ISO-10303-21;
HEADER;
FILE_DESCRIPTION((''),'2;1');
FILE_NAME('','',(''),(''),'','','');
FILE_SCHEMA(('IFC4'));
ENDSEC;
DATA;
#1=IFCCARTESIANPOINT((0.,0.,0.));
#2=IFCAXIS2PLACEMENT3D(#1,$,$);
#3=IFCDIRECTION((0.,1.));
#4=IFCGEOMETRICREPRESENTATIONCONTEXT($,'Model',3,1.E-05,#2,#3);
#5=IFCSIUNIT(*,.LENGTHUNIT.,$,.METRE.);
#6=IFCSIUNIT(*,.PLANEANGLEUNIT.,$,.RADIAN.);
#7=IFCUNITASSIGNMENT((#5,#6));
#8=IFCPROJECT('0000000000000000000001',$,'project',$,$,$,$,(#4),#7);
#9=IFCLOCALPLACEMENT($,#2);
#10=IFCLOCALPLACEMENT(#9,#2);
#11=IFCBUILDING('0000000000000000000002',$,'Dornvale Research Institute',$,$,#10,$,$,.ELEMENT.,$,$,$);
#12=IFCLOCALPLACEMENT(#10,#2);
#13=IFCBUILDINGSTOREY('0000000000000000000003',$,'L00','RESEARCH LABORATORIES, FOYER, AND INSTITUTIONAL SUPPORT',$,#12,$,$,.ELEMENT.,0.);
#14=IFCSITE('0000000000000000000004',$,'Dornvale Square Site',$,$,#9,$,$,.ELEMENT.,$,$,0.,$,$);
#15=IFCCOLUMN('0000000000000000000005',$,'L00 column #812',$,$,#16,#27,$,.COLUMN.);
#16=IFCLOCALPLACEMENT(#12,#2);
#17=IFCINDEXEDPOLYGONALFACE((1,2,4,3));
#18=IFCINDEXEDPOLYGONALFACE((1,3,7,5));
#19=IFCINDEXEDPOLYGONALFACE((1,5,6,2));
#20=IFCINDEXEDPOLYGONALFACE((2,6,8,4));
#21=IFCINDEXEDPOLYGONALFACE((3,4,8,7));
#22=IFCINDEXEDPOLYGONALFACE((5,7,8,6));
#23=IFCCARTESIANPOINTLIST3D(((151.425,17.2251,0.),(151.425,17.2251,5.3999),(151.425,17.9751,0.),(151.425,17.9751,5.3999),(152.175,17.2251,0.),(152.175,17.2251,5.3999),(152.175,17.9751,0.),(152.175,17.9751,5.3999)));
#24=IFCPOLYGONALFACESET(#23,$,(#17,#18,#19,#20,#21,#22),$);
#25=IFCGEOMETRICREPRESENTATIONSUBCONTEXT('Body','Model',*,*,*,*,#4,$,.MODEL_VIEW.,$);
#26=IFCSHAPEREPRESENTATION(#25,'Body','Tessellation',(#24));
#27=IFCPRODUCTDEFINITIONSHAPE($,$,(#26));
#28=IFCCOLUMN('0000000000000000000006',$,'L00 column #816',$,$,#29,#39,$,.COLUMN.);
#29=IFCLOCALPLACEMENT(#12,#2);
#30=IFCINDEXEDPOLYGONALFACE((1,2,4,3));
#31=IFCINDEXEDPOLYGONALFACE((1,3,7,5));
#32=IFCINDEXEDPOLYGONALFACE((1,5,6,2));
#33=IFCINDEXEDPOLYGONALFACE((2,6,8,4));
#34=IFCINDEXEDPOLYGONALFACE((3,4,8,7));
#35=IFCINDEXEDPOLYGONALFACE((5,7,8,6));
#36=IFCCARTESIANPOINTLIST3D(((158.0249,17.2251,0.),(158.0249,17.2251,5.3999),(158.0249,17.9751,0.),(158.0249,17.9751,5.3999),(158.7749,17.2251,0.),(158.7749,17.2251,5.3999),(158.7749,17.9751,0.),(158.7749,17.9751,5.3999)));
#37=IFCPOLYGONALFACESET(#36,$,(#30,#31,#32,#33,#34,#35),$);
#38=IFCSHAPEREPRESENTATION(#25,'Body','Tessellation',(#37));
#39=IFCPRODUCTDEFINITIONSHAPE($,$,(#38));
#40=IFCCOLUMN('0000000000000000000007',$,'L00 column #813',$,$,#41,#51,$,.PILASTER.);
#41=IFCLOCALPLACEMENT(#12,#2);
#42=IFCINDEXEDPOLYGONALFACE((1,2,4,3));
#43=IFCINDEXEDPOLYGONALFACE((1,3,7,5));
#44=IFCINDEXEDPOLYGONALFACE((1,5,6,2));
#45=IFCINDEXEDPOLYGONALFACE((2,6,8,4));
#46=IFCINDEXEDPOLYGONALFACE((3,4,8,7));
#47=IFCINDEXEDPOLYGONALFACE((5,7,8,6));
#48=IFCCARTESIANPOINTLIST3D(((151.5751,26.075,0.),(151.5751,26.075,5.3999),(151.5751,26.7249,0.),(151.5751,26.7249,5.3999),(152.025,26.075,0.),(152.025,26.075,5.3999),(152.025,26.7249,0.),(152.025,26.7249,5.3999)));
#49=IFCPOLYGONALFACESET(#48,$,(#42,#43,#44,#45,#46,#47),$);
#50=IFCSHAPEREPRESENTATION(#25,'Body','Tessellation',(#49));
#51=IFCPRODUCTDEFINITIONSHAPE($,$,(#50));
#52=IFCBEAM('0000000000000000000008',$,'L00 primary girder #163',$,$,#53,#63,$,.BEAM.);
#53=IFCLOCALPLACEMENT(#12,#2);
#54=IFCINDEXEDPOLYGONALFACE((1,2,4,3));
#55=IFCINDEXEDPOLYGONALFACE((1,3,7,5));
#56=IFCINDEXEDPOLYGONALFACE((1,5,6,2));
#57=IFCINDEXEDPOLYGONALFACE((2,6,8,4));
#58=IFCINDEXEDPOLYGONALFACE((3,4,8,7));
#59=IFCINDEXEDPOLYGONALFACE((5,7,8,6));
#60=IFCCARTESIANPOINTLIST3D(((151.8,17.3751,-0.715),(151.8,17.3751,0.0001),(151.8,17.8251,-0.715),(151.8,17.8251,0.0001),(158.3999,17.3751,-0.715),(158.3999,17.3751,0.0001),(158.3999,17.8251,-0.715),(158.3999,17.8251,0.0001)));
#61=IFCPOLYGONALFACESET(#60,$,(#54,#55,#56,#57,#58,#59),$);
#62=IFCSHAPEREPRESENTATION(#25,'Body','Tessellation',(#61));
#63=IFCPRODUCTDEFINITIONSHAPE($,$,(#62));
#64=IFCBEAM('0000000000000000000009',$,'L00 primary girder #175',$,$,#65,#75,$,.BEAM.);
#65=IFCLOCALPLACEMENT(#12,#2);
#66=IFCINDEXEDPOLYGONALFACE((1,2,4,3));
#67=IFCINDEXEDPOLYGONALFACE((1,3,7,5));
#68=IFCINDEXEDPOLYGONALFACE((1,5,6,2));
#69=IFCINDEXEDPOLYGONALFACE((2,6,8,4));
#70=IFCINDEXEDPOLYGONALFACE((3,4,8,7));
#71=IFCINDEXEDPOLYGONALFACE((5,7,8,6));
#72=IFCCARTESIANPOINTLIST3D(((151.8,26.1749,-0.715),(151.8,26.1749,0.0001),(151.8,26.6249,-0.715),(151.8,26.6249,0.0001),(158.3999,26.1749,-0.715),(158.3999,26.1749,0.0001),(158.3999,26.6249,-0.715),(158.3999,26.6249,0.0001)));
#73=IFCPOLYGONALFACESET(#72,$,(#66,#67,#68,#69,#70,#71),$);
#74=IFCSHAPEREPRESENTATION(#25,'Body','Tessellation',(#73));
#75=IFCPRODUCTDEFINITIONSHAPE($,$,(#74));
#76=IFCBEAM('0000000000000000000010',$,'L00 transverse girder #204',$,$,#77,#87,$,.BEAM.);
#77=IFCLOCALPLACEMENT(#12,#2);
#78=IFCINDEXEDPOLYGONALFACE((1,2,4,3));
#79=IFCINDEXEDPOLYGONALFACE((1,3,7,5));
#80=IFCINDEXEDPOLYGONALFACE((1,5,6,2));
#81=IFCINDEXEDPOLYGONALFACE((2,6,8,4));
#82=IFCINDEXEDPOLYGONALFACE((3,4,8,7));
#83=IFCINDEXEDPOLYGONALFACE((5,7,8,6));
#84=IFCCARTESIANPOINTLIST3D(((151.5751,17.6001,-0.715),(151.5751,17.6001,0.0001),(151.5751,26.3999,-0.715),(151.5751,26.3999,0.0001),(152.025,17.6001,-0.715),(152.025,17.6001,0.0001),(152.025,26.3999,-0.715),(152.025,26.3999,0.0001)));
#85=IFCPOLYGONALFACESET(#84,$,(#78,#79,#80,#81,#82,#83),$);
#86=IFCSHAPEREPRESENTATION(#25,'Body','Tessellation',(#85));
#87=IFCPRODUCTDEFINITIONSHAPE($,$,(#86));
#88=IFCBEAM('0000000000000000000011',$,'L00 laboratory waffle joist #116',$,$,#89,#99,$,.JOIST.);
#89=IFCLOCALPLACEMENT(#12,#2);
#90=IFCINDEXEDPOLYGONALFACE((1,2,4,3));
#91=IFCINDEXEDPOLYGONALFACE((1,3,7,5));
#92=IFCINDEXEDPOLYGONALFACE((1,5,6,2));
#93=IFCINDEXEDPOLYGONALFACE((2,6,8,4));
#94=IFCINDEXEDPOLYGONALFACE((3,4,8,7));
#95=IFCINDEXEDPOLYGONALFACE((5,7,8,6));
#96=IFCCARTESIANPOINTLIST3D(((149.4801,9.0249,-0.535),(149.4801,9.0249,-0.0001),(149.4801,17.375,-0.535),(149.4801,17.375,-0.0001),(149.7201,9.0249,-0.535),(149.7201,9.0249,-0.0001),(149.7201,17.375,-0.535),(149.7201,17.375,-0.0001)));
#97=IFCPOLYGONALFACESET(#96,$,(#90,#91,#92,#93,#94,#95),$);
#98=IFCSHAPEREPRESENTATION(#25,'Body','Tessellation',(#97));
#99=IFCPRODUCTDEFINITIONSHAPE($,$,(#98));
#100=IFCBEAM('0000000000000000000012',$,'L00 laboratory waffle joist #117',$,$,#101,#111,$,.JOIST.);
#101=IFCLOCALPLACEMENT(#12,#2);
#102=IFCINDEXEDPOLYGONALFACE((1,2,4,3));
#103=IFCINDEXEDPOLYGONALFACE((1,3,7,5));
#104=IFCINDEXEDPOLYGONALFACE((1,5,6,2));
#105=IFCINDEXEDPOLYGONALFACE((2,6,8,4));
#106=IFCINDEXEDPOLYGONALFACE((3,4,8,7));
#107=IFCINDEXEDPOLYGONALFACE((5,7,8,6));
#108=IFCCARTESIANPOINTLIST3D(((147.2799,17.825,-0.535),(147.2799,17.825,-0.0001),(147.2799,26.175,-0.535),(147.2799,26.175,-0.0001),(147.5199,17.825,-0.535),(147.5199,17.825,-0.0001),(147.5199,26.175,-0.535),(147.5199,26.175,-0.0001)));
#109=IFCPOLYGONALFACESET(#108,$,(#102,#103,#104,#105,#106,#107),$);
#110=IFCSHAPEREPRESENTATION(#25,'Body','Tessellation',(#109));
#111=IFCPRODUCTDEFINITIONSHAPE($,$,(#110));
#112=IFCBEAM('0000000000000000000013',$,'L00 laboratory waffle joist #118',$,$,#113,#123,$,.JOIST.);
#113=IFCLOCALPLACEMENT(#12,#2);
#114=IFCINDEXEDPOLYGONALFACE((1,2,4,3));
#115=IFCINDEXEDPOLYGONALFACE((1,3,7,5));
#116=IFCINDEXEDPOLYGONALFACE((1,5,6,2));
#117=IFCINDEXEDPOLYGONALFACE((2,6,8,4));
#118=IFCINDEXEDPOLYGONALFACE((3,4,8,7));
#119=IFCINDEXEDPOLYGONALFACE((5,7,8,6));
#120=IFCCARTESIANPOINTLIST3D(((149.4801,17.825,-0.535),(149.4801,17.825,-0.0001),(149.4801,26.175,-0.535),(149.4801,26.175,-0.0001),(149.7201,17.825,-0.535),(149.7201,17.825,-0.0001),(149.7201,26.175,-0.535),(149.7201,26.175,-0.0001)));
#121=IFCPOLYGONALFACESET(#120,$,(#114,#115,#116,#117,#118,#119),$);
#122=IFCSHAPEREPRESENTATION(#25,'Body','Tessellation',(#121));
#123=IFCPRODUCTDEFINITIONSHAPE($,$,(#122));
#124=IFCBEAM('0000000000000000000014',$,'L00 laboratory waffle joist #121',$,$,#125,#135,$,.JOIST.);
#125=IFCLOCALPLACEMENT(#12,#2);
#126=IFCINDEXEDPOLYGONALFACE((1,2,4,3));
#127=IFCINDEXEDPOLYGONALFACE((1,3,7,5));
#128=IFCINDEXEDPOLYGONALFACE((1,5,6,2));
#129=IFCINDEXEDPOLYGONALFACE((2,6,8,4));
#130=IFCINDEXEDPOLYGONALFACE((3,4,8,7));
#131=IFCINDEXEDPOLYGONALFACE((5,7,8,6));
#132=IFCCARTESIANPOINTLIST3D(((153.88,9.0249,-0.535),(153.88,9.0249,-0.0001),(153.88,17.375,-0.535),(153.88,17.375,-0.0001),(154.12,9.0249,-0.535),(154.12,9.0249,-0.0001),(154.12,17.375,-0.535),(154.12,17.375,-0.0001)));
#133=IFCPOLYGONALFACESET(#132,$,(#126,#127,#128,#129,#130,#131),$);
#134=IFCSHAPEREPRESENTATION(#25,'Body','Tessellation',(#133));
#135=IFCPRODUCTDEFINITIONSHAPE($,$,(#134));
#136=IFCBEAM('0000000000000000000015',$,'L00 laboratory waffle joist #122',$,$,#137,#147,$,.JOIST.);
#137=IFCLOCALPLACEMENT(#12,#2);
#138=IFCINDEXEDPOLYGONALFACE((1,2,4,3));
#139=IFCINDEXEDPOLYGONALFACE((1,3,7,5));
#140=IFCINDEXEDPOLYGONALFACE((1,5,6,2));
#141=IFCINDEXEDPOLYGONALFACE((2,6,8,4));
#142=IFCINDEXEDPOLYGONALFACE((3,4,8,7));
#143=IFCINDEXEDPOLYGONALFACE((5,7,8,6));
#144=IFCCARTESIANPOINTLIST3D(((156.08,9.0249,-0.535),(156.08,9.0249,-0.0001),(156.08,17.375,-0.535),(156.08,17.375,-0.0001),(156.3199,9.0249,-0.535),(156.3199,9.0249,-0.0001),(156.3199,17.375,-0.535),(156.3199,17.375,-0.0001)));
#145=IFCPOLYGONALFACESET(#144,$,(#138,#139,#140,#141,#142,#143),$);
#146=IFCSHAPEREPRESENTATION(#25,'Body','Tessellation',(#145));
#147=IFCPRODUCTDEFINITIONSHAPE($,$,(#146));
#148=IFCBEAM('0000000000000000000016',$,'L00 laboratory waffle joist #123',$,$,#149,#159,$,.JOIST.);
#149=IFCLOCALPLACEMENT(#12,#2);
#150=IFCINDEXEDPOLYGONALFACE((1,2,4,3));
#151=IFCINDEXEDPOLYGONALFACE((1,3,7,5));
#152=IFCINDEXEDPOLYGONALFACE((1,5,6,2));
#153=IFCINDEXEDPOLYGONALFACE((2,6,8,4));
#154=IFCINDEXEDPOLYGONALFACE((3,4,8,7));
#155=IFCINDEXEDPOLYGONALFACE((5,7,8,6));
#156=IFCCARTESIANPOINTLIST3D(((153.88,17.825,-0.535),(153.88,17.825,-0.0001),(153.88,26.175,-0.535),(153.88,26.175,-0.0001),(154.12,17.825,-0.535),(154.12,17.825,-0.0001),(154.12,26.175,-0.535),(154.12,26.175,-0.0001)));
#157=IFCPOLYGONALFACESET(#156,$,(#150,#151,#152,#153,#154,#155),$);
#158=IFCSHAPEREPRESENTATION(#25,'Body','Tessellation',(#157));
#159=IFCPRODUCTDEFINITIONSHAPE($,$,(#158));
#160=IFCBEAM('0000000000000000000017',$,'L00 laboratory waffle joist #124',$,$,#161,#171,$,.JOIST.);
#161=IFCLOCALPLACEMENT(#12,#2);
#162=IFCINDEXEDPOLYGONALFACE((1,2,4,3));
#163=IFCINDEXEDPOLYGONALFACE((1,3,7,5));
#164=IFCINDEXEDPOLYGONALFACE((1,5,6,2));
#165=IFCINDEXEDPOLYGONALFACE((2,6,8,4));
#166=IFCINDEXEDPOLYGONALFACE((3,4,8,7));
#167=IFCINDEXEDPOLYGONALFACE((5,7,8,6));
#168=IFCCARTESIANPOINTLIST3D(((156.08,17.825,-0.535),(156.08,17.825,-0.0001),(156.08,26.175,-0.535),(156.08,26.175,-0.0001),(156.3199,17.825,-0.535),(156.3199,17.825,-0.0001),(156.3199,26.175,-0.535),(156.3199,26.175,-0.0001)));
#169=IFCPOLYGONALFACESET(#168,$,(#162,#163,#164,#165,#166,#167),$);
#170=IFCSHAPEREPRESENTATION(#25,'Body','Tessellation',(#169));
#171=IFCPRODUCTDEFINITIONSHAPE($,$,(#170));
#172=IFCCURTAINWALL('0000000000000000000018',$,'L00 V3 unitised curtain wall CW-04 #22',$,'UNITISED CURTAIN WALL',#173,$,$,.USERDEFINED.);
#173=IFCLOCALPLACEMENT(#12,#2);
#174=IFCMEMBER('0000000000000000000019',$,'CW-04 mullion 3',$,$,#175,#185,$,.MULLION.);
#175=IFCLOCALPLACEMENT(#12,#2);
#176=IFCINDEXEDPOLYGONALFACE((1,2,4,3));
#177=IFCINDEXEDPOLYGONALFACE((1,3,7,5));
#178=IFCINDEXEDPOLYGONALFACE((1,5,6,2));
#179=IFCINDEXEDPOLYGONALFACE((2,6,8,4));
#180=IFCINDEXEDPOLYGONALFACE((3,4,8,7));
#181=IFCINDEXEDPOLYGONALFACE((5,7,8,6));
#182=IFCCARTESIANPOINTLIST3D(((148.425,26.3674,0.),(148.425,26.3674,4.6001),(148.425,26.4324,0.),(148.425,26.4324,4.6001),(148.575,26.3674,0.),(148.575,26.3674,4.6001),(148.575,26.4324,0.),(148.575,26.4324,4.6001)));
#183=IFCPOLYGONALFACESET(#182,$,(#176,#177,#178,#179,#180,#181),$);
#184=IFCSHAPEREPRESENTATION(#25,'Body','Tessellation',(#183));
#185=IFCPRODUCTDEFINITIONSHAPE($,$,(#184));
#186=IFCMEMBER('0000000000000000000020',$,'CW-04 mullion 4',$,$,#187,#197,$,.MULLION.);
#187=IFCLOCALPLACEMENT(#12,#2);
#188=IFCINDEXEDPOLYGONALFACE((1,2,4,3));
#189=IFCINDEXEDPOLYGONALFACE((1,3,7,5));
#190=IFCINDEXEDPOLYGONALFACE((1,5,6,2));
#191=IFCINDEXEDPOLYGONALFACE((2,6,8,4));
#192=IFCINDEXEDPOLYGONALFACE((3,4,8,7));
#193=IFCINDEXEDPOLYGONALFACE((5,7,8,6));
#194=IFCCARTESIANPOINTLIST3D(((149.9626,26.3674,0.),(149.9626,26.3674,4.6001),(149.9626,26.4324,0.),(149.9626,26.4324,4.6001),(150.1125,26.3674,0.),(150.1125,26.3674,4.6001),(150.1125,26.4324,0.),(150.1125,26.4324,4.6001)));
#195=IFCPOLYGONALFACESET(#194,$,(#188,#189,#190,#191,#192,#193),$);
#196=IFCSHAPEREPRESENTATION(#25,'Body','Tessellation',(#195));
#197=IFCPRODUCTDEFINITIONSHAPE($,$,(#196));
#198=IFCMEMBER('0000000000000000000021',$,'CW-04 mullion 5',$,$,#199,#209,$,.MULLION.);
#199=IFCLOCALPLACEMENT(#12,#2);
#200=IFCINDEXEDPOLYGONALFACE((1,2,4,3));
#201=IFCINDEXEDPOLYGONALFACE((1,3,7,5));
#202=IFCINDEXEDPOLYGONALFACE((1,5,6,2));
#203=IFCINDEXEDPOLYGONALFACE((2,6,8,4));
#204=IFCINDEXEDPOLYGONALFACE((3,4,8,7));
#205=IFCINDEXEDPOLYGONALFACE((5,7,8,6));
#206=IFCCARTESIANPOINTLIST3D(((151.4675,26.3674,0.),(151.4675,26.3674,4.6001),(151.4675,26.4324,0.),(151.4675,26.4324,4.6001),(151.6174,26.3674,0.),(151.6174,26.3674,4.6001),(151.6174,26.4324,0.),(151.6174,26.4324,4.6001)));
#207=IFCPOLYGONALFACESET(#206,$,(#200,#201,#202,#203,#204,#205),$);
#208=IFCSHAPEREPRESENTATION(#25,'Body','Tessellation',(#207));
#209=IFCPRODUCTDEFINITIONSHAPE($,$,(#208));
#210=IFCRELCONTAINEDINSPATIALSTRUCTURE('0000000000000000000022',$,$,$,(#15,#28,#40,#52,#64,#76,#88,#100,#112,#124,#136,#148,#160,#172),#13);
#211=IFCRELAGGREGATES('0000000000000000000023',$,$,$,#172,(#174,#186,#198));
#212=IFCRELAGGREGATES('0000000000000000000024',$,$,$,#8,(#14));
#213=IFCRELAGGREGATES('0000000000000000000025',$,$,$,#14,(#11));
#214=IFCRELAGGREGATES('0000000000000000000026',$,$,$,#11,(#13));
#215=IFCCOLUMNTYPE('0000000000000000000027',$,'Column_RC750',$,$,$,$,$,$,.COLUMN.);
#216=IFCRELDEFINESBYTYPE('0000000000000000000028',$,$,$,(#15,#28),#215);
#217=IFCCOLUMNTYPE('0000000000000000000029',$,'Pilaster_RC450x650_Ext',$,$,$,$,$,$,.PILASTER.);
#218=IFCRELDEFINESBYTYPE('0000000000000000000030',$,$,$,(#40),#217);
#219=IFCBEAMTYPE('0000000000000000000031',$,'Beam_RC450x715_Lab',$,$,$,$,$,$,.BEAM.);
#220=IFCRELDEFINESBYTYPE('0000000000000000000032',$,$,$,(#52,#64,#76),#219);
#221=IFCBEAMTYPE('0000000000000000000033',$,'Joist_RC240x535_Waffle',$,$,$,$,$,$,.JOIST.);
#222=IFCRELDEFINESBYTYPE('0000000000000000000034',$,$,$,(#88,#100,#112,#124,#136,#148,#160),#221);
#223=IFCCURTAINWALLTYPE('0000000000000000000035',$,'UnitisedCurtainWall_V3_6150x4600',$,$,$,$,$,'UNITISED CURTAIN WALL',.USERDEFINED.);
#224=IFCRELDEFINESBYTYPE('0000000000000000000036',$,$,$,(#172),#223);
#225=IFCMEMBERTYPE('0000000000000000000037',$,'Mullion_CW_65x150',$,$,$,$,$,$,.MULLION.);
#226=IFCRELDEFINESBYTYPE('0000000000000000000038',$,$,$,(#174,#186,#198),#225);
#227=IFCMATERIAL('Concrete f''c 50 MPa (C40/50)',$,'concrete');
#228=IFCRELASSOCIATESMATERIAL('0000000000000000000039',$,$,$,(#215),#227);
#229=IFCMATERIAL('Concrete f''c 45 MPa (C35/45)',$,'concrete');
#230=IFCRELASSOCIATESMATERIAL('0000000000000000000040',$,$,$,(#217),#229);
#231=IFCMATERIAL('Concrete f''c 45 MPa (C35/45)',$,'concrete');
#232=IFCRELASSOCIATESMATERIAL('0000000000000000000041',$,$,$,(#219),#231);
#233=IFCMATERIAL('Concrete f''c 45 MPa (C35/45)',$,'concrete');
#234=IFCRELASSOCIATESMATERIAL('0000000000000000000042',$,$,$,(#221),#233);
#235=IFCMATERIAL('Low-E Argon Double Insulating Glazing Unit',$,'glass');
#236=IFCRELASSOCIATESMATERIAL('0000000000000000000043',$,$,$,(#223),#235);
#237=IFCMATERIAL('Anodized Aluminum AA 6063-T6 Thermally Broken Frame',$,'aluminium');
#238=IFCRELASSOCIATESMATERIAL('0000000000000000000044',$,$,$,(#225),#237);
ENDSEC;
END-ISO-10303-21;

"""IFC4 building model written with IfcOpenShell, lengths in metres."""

from ifc_helpers import new_model, si_unit, direction, frame, origin, origin_2d, place, context, subcontext, project, spatial, rectangle, extrude, material, material_profile, profile_set, type_object, element, aggregate, save


model = new_model("IFC4")

# Units and contexts
model_context = context("Model", 3, precision=1e-05, world=origin(), true_north=direction((0.0, 1.0)))
body_context = subcontext(model_context, "Body", "Model", "MODEL_VIEW")
ifc_project = project(units=[si_unit("LENGTHUNIT", "METRE"), si_unit("PLANEANGLEUNIT", "RADIAN")], contexts=[model_context])

# Site, building, storey
site_placement = place(None, origin())
site = spatial("IfcSite", under=ifc_project, at=site_placement, Name="Dornvale Square Site", CompositionType="ELEMENT", RefElevation=0.0)
building_placement = place(site_placement, origin())
building = spatial("IfcBuilding", under=site, at=building_placement, Name="Dornvale Research Institute", CompositionType="ELEMENT")
storey_placement = place(building_placement, origin())
storey = spatial("IfcBuildingStorey", under=building, at=storey_placement, Name="L00", Description="RESEARCH LABORATORIES, FOYER, AND INSTITUTIONAL SUPPORT", CompositionType="ELEMENT", Elevation=0.0)

# Columns
ifc_material_1 = material(Name="Concrete f'c 50 MPa (C40/50)", Category="concrete")
ifc_material_profile_1 = material_profile(ifc_material_1, rectangle(XDim=0.75, YDim=0.75, at=origin_2d()), Name="RC 750x750")
ifc_profile_set_1 = profile_set([ifc_material_profile_1], Name="Concrete f'c 50 MPa (C40/50)")
column_type_1 = type_object("IfcColumnType", Name="Column_RC750", PredefinedType="COLUMN", material=ifc_profile_set_1)
for number, where, z_axis, x_axis, name in (
    (1, (151.8, 17.6001, 0.0), (0.0, 0.0, 1.0), (1.0, 0.0, 0.0), "L00 column #812"),
    (2, (158.3999, 17.6001, 0.0), (0.0, 0.0, 1.0), (1.0, 0.0, 0.0), "L00 column #816"),
):
    element("IfcColumn", number, at=place(storey_placement, frame(where, z_axis=z_axis, x_axis=x_axis)), inside=storey, type_object=column_type_1, Name=name, PredefinedType="COLUMN", context=body_context, shape_type="SweptSolid", body=[
        extrude(rectangle(XDim=0.75, YDim=0.75, at=origin_2d()), origin(), (0.0, 0.0, 1.0), 5.3999),
    ])
ifc_material_2 = material(Name="Concrete f'c 45 MPa (C35/45)", Category="concrete")
ifc_material_profile_2 = material_profile(ifc_material_2, rectangle(XDim=0.45, YDim=0.6499, at=origin_2d()), Name="RC 450x650")
ifc_profile_set_2 = profile_set([ifc_material_profile_2], Name="Concrete f'c 45 MPa (C35/45)")
column_type_2 = type_object("IfcColumnType", Name="Pilaster_RC450x650_Ext", PredefinedType="PILASTER", material=ifc_profile_set_2)
column_placement = place(storey_placement, frame((151.8, 26.3999, 0.0), z_axis=(0.0, 0.0, 1.0), x_axis=(1.0, 0.0, 0.0)))
element("IfcColumn", 3, at=column_placement, inside=storey, type_object=column_type_2, Name="L00 column #813", PredefinedType="PILASTER", context=body_context, shape_type="SweptSolid", body=[
    extrude(rectangle(XDim=0.45, YDim=0.6499, at=origin_2d()), origin(), (0.0, 0.0, 1.0), 5.3999),
])

# Beams
ifc_material_3 = material(Name="Concrete f'c 45 MPa (C35/45)", Category="concrete")
ifc_material_profile_3 = material_profile(ifc_material_3, rectangle(XDim=0.45, YDim=0.7151, at=origin_2d()), Name="RC 450x715")
ifc_profile_set_3 = profile_set([ifc_material_profile_3], Name="Concrete f'c 45 MPa (C35/45)")
beam_type_1 = type_object("IfcBeamType", Name="Beam_RC450x715_Lab", PredefinedType="BEAM", material=ifc_profile_set_3)
for number, where, z_axis, x_axis, name in (
    (4, (151.8, 17.6001, -0.3574), (1.0, 0.0, 0.0), (0.0, 1.0, 0.0), "L00 primary girder #163"),
    (5, (151.8, 26.3999, -0.3574), (1.0, 0.0, 0.0), (0.0, 1.0, 0.0), "L00 primary girder #175"),
):
    element("IfcBeam", number, at=place(storey_placement, frame(where, z_axis=z_axis, x_axis=x_axis)), inside=storey, type_object=beam_type_1, Name=name, PredefinedType="BEAM", context=body_context, shape_type="SweptSolid", body=[
        extrude(rectangle(XDim=0.45, YDim=0.7151, at=origin_2d()), origin(), (0.0, 0.0, 1.0), 6.5999),
    ])
beam_placement = place(storey_placement, frame((151.8, 17.6001, -0.3574), z_axis=(0.0, 1.0, 0.0), x_axis=(-1.0, 0.0, 0.0)))
element("IfcBeam", 6, at=beam_placement, inside=storey, type_object=beam_type_1, Name="L00 transverse girder #204", PredefinedType="BEAM", context=body_context, shape_type="SweptSolid", body=[
    extrude(rectangle(XDim=0.45, YDim=0.7151, at=origin_2d()), origin(), (0.0, 0.0, 1.0), 8.7998),
])
ifc_material_4 = material(Name="Concrete f'c 45 MPa (C35/45)", Category="concrete")
ifc_material_profile_4 = material_profile(ifc_material_4, rectangle(XDim=0.24, YDim=0.5349, at=origin_2d()), Name="RC 240x535")
ifc_profile_set_4 = profile_set([ifc_material_profile_4], Name="Concrete f'c 45 MPa (C35/45)")
beam_type_2 = type_object("IfcBeamType", Name="Joist_RC240x535_Waffle", PredefinedType="JOIST", material=ifc_profile_set_4)
for number, where, z_axis, x_axis, name in (
    (7, (149.6001, 9.0249, -0.2676), (0.0, 1.0, 0.0), (-1.0, 0.0, 0.0), "L00 laboratory waffle joist #116"),
    (8, (147.3999, 17.825, -0.2676), (0.0, 1.0, 0.0), (-1.0, 0.0, 0.0), "L00 laboratory waffle joist #117"),
    (9, (149.6001, 17.825, -0.2676), (0.0, 1.0, 0.0), (-1.0, 0.0, 0.0), "L00 laboratory waffle joist #118"),
    (10, (154.0, 9.0249, -0.2676), (0.0, 1.0, 0.0), (-1.0, 0.0, 0.0), "L00 laboratory waffle joist #121"),
    (11, (156.2, 9.0249, -0.2676), (0.0, 1.0, 0.0), (-1.0, 0.0, 0.0), "L00 laboratory waffle joist #122"),
    (12, (154.0, 17.825, -0.2676), (0.0, 1.0, 0.0), (-1.0, 0.0, 0.0), "L00 laboratory waffle joist #123"),
    (13, (156.2, 17.825, -0.2676), (0.0, 1.0, 0.0), (-1.0, 0.0, 0.0), "L00 laboratory waffle joist #124"),
):
    element("IfcBeam", number, at=place(storey_placement, frame(where, z_axis=z_axis, x_axis=x_axis)), inside=storey, type_object=beam_type_2, Name=name, PredefinedType="JOIST", context=body_context, shape_type="SweptSolid", body=[
        extrude(rectangle(XDim=0.24, YDim=0.5349, at=origin_2d()), origin(), (0.0, 0.0, 1.0), 8.3501),
    ])

# Curtain wall, members
ifc_material_5 = material(Name="Low-E Argon Double Insulating Glazing Unit", Category="glass")
curtain_wall_type = type_object("IfcCurtainWallType", Name="UnitisedCurtainWall_V3_6150x4600", ElementType="UNITISED CURTAIN WALL", PredefinedType="USERDEFINED", material=ifc_material_5)
curtain_wall_placement = place(storey_placement, origin())
curtain_wall = element("IfcCurtainWall", 14, at=curtain_wall_placement, inside=storey, type_object=curtain_wall_type, Name="L00 V3 unitised curtain wall CW-04 #22", ObjectType="UNITISED CURTAIN WALL", PredefinedType="USERDEFINED")
ifc_material_6 = material(Name="Anodized Aluminum AA 6063-T6 Thermally Broken Frame", Category="aluminium")
ifc_material_profile_5 = material_profile(ifc_material_6, rectangle(XDim=0.0649, YDim=0.1499, at=origin_2d()), Name="ALU MULLION 65x150")
ifc_profile_set_5 = profile_set([ifc_material_profile_5], Name="Anodized Aluminum AA 6063-T6 Thermally Broken Frame")
member_type_1 = type_object("IfcMemberType", Name="Mullion_CW_65x150", PredefinedType="MULLION", material=ifc_profile_set_5)
member_1_placement = place(storey_placement, frame((148.5, 26.3999, 0.0), z_axis=(0.0, 0.0, 1.0), x_axis=(0.0, 1.0, 0.0)))
member_1 = element("IfcMember", 15, at=member_1_placement, type_object=member_type_1, Name="CW-04 mullion 3", PredefinedType="MULLION", context=body_context, shape_type="SweptSolid", body=[
    extrude(rectangle(XDim=0.0649, YDim=0.1499, at=origin_2d()), origin(), (0.0, 0.0, 1.0), 4.6001),
])
member_2_placement = place(storey_placement, frame((150.0376, 26.3999, 0.0), z_axis=(0.0, 0.0, 1.0), x_axis=(0.0, 1.0, 0.0)))
member_2 = element("IfcMember", 16, at=member_2_placement, type_object=member_type_1, Name="CW-04 mullion 4", PredefinedType="MULLION", context=body_context, shape_type="SweptSolid", body=[
    extrude(rectangle(XDim=0.0649, YDim=0.1499, at=origin_2d()), origin(), (0.0, 0.0, 1.0), 4.6001),
])
member_3_placement = place(storey_placement, frame((151.5425, 26.3999, 0.0), z_axis=(0.0, 0.0, 1.0), x_axis=(0.0, 1.0, 0.0)))
member_3 = element("IfcMember", 17, at=member_3_placement, type_object=member_type_1, Name="CW-04 mullion 5", PredefinedType="MULLION", context=body_context, shape_type="SweptSolid", body=[
    extrude(rectangle(XDim=0.0649, YDim=0.1499, at=origin_2d()), origin(), (0.0, 0.0, 1.0), 4.6001),
])
aggregate(curtain_wall, [member_1, member_2, member_3])

save(model, "model.ifc")
